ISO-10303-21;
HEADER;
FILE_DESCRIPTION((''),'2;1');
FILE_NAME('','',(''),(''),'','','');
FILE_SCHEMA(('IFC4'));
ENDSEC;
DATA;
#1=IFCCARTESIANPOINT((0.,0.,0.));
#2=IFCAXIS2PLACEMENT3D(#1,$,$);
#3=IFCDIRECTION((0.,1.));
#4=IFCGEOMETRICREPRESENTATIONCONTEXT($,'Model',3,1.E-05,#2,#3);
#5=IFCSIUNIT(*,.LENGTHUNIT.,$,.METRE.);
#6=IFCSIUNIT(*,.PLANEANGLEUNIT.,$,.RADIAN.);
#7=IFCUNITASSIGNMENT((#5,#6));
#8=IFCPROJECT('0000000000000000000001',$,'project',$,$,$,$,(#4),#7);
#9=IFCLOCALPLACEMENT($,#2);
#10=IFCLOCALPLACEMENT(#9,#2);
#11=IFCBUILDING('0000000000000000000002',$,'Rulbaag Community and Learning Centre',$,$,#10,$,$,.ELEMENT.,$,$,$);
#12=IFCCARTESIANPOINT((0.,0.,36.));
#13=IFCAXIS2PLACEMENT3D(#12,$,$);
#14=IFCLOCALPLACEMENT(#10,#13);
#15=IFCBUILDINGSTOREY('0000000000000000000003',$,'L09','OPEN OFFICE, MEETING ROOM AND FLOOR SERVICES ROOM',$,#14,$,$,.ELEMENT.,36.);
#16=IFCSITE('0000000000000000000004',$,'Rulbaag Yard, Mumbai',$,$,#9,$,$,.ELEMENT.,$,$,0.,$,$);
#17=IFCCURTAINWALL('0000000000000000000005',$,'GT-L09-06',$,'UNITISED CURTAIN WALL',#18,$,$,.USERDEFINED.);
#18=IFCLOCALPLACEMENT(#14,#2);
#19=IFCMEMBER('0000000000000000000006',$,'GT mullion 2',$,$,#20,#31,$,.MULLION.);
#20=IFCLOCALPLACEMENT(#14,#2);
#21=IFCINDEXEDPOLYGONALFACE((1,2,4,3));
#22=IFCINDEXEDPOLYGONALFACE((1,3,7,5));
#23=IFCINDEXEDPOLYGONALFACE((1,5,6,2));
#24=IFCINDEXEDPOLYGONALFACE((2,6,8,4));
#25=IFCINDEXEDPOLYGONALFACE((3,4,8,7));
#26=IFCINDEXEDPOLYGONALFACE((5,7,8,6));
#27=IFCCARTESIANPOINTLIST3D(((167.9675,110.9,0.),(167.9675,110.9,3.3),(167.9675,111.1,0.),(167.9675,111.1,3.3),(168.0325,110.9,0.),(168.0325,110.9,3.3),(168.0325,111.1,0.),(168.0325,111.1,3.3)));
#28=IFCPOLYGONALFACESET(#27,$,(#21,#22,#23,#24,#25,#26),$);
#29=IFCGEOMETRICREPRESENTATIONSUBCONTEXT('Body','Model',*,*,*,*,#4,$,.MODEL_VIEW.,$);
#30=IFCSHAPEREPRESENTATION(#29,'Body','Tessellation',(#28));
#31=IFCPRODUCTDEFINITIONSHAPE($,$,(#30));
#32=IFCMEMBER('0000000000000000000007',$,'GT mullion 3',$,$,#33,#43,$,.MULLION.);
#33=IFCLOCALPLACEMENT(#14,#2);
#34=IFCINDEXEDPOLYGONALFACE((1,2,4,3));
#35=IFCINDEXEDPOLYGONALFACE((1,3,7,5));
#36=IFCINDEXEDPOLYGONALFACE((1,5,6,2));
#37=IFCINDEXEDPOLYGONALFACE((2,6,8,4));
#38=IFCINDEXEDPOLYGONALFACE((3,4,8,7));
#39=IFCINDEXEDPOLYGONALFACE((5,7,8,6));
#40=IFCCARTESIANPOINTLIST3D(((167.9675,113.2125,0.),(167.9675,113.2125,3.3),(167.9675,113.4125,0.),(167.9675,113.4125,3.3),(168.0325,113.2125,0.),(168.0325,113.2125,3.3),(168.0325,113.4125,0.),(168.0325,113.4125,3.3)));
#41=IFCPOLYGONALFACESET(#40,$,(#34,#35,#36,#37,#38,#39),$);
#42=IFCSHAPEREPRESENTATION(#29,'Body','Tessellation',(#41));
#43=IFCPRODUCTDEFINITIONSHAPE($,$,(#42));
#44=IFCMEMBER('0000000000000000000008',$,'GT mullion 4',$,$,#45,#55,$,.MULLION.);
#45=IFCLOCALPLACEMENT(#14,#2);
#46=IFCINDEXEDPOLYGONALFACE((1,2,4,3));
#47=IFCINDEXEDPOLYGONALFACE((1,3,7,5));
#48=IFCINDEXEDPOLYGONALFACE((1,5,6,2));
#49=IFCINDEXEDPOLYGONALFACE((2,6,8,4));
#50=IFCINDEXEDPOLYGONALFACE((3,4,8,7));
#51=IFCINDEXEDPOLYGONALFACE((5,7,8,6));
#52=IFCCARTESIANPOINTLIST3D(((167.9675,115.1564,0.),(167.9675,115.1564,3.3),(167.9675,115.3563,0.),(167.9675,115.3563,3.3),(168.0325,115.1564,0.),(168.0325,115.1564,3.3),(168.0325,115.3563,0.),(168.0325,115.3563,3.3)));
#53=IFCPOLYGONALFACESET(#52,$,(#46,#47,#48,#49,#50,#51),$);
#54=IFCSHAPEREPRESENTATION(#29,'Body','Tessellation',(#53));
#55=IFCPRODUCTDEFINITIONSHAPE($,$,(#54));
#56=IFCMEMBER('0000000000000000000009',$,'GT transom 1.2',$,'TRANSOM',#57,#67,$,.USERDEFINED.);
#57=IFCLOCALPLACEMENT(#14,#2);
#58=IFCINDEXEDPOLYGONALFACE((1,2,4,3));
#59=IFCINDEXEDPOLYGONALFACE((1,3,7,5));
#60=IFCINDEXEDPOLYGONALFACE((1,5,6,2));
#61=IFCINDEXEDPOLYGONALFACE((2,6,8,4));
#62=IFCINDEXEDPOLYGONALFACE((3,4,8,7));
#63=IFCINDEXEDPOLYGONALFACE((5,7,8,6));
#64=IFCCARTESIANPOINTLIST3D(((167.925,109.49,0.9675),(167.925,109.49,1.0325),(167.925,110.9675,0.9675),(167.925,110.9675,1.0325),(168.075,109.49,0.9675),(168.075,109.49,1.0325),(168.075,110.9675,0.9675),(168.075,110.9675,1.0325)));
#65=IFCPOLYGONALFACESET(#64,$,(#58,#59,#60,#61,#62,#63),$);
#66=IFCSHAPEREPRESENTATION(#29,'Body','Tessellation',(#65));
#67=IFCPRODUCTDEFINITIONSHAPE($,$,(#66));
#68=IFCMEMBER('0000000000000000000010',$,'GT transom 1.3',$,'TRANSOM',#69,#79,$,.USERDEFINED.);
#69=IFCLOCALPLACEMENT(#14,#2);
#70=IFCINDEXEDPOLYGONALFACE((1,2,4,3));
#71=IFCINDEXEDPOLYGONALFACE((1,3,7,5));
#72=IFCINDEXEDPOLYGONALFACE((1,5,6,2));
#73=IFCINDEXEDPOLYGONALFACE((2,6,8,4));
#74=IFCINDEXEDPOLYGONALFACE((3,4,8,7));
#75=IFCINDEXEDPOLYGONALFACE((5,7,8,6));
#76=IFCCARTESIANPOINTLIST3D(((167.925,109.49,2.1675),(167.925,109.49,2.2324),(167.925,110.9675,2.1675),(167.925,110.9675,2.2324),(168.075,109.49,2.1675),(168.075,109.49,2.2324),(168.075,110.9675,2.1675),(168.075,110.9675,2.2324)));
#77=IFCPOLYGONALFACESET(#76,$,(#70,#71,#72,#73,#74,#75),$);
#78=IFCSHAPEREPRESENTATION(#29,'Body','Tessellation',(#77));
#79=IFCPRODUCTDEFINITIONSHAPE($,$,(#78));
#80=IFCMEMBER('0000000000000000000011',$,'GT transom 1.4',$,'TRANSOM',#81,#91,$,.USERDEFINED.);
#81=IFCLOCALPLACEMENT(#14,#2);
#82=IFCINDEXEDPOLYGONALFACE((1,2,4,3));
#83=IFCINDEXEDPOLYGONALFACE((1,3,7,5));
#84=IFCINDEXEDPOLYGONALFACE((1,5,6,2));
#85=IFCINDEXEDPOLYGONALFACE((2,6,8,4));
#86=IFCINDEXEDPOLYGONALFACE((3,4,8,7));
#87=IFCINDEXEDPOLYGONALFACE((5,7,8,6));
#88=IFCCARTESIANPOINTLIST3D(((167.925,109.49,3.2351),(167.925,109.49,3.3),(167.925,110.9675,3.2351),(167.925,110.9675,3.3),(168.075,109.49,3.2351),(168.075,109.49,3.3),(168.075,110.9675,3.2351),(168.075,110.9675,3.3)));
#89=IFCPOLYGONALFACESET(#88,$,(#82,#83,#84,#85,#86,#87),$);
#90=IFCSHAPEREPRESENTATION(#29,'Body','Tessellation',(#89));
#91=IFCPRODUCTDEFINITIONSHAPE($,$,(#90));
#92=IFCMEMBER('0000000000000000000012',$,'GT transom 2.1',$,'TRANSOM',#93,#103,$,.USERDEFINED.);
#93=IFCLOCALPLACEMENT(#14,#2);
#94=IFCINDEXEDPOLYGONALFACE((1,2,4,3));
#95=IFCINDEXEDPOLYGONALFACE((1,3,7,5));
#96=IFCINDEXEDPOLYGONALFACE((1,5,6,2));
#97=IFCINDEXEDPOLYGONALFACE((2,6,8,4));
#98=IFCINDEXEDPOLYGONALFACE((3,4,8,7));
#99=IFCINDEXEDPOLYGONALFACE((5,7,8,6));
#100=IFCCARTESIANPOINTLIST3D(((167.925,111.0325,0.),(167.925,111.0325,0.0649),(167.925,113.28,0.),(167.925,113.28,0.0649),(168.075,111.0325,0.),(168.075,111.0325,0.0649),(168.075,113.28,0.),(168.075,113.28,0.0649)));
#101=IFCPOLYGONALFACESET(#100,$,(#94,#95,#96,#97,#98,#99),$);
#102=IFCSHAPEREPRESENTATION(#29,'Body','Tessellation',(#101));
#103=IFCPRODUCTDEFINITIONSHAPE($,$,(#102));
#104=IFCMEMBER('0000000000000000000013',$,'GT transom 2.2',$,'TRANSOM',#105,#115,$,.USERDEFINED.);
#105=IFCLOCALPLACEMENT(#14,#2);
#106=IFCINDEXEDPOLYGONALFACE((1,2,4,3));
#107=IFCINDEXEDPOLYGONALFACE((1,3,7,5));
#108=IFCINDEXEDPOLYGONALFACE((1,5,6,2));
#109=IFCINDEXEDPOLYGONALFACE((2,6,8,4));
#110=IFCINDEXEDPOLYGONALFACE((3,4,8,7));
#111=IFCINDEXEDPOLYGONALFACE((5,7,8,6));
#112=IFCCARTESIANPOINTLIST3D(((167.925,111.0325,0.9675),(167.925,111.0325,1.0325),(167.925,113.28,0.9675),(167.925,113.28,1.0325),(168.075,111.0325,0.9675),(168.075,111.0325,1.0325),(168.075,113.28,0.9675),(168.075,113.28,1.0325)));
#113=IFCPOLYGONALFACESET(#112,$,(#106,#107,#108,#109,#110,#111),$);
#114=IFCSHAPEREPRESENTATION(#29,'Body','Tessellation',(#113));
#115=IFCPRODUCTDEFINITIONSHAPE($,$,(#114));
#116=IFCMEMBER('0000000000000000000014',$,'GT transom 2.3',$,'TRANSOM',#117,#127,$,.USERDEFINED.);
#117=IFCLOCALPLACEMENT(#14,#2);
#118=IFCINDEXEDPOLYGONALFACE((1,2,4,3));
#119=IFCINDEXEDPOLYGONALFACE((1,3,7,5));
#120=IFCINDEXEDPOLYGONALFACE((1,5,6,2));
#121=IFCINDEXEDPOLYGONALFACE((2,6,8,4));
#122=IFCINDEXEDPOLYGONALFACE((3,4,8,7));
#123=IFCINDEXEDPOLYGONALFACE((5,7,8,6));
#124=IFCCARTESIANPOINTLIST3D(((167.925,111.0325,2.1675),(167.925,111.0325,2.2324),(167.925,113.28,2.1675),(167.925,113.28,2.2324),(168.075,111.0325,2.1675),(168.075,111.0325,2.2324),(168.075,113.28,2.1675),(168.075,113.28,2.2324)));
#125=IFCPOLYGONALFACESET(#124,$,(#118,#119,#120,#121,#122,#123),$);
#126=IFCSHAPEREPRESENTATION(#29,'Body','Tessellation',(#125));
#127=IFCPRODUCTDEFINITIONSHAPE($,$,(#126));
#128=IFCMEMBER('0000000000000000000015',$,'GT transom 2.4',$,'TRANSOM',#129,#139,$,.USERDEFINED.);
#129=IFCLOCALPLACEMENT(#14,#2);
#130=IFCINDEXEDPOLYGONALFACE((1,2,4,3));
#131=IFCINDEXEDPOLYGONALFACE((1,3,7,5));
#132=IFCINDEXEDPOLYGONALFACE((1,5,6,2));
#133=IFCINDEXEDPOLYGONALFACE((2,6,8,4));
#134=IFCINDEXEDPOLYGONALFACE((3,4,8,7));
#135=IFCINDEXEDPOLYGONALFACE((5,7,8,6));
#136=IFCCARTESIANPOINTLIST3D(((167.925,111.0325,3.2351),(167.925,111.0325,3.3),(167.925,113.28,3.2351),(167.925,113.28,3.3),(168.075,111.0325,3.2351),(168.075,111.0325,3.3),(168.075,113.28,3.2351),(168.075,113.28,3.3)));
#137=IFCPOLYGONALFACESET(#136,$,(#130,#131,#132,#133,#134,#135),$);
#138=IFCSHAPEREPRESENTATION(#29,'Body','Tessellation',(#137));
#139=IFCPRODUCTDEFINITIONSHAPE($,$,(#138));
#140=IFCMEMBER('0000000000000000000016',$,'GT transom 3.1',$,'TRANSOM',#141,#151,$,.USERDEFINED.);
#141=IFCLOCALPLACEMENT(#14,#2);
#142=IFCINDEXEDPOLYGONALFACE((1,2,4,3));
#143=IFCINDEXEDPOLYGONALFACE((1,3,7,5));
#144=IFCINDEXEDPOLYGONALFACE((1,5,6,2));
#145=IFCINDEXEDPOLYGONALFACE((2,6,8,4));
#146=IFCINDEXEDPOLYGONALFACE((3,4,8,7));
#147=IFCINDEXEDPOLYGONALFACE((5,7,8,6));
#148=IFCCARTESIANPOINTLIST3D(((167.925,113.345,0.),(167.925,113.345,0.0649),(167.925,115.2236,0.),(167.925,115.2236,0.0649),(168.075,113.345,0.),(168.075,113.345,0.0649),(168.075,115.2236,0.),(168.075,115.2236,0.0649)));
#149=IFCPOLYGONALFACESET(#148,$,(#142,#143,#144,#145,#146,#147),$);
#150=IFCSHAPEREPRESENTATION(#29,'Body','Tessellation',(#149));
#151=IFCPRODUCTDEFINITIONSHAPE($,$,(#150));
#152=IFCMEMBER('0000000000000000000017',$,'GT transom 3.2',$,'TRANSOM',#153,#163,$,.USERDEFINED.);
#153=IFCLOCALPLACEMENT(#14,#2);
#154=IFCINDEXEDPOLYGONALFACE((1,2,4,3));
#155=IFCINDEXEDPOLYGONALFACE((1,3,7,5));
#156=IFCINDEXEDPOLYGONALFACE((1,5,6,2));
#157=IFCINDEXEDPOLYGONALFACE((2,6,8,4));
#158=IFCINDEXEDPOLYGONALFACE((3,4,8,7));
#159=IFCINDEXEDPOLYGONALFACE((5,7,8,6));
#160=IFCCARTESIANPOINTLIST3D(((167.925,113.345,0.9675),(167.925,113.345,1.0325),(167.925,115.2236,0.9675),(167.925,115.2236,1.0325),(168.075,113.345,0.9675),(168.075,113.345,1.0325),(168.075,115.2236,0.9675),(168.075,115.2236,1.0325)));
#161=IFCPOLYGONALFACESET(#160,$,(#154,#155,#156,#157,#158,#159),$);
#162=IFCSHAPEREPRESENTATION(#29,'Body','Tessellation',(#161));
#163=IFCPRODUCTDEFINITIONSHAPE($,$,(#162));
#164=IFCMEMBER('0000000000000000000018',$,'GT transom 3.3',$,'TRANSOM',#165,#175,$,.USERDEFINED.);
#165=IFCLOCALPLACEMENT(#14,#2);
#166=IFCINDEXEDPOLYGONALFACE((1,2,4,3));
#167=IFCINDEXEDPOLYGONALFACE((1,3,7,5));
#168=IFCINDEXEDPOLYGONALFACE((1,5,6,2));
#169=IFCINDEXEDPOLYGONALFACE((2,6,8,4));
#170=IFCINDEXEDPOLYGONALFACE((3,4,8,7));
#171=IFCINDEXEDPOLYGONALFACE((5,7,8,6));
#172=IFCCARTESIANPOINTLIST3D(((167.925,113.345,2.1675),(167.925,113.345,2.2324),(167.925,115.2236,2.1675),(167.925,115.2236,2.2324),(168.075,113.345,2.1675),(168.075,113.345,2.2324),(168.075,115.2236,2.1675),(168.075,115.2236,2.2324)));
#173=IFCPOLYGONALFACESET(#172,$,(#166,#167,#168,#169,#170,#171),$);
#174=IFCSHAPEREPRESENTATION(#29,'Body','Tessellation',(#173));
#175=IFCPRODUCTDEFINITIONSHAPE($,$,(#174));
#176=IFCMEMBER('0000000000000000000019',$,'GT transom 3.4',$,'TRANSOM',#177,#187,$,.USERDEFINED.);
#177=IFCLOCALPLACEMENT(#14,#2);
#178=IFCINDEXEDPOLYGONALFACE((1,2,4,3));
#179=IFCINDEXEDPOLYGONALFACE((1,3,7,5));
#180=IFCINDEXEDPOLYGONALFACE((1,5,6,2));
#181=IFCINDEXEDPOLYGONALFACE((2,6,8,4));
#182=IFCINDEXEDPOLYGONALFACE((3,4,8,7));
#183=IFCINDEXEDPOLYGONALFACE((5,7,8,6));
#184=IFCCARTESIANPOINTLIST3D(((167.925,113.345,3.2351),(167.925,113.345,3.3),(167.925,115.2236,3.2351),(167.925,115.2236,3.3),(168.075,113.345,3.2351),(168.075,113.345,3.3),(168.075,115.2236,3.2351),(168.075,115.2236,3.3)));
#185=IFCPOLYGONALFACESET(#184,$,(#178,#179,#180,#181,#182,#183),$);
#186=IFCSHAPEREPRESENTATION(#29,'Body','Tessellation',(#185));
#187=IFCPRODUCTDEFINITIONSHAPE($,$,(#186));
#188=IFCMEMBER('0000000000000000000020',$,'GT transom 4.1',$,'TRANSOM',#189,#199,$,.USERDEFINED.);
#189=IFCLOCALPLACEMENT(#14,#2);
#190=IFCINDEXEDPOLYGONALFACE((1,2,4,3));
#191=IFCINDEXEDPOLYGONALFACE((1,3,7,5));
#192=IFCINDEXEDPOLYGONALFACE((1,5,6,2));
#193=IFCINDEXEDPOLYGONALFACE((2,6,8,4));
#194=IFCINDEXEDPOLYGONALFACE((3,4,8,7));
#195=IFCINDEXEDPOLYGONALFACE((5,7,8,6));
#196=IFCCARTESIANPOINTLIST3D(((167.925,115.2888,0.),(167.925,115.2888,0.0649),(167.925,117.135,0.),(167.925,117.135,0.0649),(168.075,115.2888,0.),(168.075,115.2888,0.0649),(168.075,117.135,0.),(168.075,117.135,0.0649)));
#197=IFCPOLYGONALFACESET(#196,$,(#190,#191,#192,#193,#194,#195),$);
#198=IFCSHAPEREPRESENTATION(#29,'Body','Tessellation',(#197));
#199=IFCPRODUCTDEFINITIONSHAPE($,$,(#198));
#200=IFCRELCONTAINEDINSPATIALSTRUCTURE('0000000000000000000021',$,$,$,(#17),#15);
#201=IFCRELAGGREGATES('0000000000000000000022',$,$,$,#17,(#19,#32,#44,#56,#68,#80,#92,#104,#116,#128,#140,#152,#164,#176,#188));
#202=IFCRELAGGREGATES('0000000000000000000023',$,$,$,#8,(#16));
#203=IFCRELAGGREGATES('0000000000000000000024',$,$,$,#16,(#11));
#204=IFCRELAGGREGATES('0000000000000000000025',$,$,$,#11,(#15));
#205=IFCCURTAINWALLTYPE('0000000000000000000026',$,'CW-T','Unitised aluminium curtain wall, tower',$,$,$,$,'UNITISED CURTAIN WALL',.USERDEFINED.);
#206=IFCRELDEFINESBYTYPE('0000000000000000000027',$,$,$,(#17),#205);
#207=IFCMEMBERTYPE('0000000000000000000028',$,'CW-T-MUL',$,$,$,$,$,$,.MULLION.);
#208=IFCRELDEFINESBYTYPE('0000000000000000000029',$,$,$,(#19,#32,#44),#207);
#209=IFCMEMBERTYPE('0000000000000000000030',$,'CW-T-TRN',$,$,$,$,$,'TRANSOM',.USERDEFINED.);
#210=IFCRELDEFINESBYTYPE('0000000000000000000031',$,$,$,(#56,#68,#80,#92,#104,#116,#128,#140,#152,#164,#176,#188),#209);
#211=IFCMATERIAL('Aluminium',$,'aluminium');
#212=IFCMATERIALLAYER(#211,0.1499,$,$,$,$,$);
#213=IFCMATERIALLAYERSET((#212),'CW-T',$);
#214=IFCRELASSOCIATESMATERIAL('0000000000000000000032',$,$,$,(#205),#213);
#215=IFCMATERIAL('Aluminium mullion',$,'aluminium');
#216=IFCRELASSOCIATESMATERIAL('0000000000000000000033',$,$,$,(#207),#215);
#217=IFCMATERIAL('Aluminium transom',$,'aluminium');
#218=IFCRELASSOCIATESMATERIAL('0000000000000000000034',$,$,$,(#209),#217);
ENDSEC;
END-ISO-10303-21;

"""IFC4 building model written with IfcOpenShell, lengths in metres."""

from ifc_helpers import new_model, si_unit, direction, frame, origin, origin_2d, place, context, subcontext, project, spatial, rectangle, extrude, material, layer, layer_set, material_profile, profile_set, type_object, element, aggregate, save


model = new_model("IFC4")

# Units and contexts
model_context = context("Model", 3, precision=1e-05, world=origin(), true_north=direction((0.0, 1.0)))
body_context = subcontext(model_context, "Body", "Model", "MODEL_VIEW")
ifc_project = project(units=[si_unit("LENGTHUNIT", "METRE"), si_unit("PLANEANGLEUNIT", "RADIAN")], contexts=[model_context])

# Site, building, storey
site_placement = place(None, origin())
site = spatial("IfcSite", under=ifc_project, at=site_placement, Name="Rulbaag Yard, Mumbai", CompositionType="ELEMENT", RefElevation=0.0)
building_placement = place(site_placement, origin())
building = spatial("IfcBuilding", under=site, at=building_placement, Name="Rulbaag Community and Learning Centre", CompositionType="ELEMENT")
storey_placement = place(building_placement, frame((0.0, 0.0, 36.0)))
storey = spatial("IfcBuildingStorey", under=building, at=storey_placement, Name="L09", Description="OPEN OFFICE, MEETING ROOM AND FLOOR SERVICES ROOM", CompositionType="ELEMENT", Elevation=36.0)

# Curtain wall, members
ifc_material_1 = material(Name="Aluminium", Category="aluminium")
ifc_layer_1 = layer(ifc_material_1, 0.1499)
ifc_layer_set_1 = layer_set([ifc_layer_1], Name="CW-T")
curtain_wall_type = type_object("IfcCurtainWallType", Name="CW-T", Description="Unitised aluminium curtain wall, tower", ElementType="UNITISED CURTAIN WALL", PredefinedType="USERDEFINED", material=ifc_layer_set_1)
curtain_wall_placement = place(storey_placement, origin())
curtain_wall = element("IfcCurtainWall", 1, at=curtain_wall_placement, inside=storey, type_object=curtain_wall_type, Name="GT-L09-06", ObjectType="UNITISED CURTAIN WALL", PredefinedType="USERDEFINED")
ifc_material_2 = material(Name="Aluminium mullion", Category="aluminium")
ifc_material_profile_1 = material_profile(ifc_material_2, rectangle(XDim=0.0649, YDim=0.2, at=origin_2d()), Name="AL 65x200")
ifc_profile_set_1 = profile_set([ifc_material_profile_1], Name="Aluminium mullion")
member_type_1 = type_object("IfcMemberType", Name="CW-T-MUL", PredefinedType="MULLION", material=ifc_profile_set_1)
member_1_placement = place(storey_placement, frame((168.0, 111.0, 0.0), z_axis=(0.0, 0.0, 1.0), x_axis=(-1.0, 0.0, 0.0)))
member_1 = element("IfcMember", 2, at=member_1_placement, type_object=member_type_1, Name="GT mullion 2", PredefinedType="MULLION", context=body_context, shape_type="SweptSolid", body=[
    extrude(rectangle(XDim=0.0649, YDim=0.2, at=origin_2d()), origin(), (0.0, 0.0, 1.0), 3.3),
])
member_2_placement = place(storey_placement, frame((168.0, 113.3125, 0.0), z_axis=(0.0, 0.0, 1.0), x_axis=(-1.0, 0.0, 0.0)))
member_2 = element("IfcMember", 3, at=member_2_placement, type_object=member_type_1, Name="GT mullion 3", PredefinedType="MULLION", context=body_context, shape_type="SweptSolid", body=[
    extrude(rectangle(XDim=0.0649, YDim=0.2, at=origin_2d()), origin(), (0.0, 0.0, 1.0), 3.3),
])
member_3_placement = place(storey_placement, frame((168.0, 115.2563, 0.0), z_axis=(0.0, 0.0, 1.0), x_axis=(-1.0, 0.0, 0.0)))
member_3 = element("IfcMember", 4, at=member_3_placement, type_object=member_type_1, Name="GT mullion 4", PredefinedType="MULLION", context=body_context, shape_type="SweptSolid", body=[
    extrude(rectangle(XDim=0.0649, YDim=0.2, at=origin_2d()), origin(), (0.0, 0.0, 1.0), 3.3),
])
ifc_material_3 = material(Name="Aluminium transom", Category="aluminium")
ifc_material_profile_2 = material_profile(ifc_material_3, rectangle(XDim=0.1499, YDim=0.0649, at=origin_2d()), Name="AL 65x150 T")
ifc_profile_set_2 = profile_set([ifc_material_profile_2], Name="Aluminium transom")
member_type_2 = type_object("IfcMemberType", Name="CW-T-TRN", ElementType="TRANSOM", PredefinedType="USERDEFINED", material=ifc_profile_set_2)
member_4_placement = place(storey_placement, frame((168.0, 109.49, 1.0), z_axis=(0.0, 1.0, 0.0), x_axis=(-1.0, 0.0, 0.0)))
member_4 = element("IfcMember", 5, at=member_4_placement, type_object=member_type_2, Name="GT transom 1.2", ObjectType="TRANSOM", PredefinedType="USERDEFINED", context=body_context, shape_type="SweptSolid", body=[
    extrude(rectangle(XDim=0.1499, YDim=0.0649, at=origin_2d()), origin(), (0.0, 0.0, 1.0), 1.4775),
])
member_5_placement = place(storey_placement, frame((168.0, 109.49, 2.2), z_axis=(0.0, 1.0, 0.0), x_axis=(-1.0, 0.0, 0.0)))
member_5 = element("IfcMember", 6, at=member_5_placement, type_object=member_type_2, Name="GT transom 1.3", ObjectType="TRANSOM", PredefinedType="USERDEFINED", context=body_context, shape_type="SweptSolid", body=[
    extrude(rectangle(XDim=0.1499, YDim=0.0649, at=origin_2d()), origin(), (0.0, 0.0, 1.0), 1.4775),
])
member_6_placement = place(storey_placement, frame((168.0, 109.49, 3.2676), z_axis=(0.0, 1.0, 0.0), x_axis=(-1.0, 0.0, 0.0)))
member_6 = element("IfcMember", 7, at=member_6_placement, type_object=member_type_2, Name="GT transom 1.4", ObjectType="TRANSOM", PredefinedType="USERDEFINED", context=body_context, shape_type="SweptSolid", body=[
    extrude(rectangle(XDim=0.1499, YDim=0.0649, at=origin_2d()), origin(), (0.0, 0.0, 1.0), 1.4775),
])
member_7_placement = place(storey_placement, frame((168.0, 111.0325, 0.0325), z_axis=(0.0, 1.0, 0.0), x_axis=(-1.0, 0.0, 0.0)))
member_7 = element("IfcMember", 8, at=member_7_placement, type_object=member_type_2, Name="GT transom 2.1", ObjectType="TRANSOM", PredefinedType="USERDEFINED", context=body_context, shape_type="SweptSolid", body=[
    extrude(rectangle(XDim=0.1499, YDim=0.0649, at=origin_2d()), origin(), (0.0, 0.0, 1.0), 2.2476),
])
member_8_placement = place(storey_placement, frame((168.0, 111.0325, 1.0), z_axis=(0.0, 1.0, 0.0), x_axis=(-1.0, 0.0, 0.0)))
member_8 = element("IfcMember", 9, at=member_8_placement, type_object=member_type_2, Name="GT transom 2.2", ObjectType="TRANSOM", PredefinedType="USERDEFINED", context=body_context, shape_type="SweptSolid", body=[
    extrude(rectangle(XDim=0.1499, YDim=0.0649, at=origin_2d()), origin(), (0.0, 0.0, 1.0), 2.2476),
])
member_9_placement = place(storey_placement, frame((168.0, 111.0325, 2.2), z_axis=(0.0, 1.0, 0.0), x_axis=(-1.0, 0.0, 0.0)))
member_9 = element("IfcMember", 10, at=member_9_placement, type_object=member_type_2, Name="GT transom 2.3", ObjectType="TRANSOM", PredefinedType="USERDEFINED", context=body_context, shape_type="SweptSolid", body=[
    extrude(rectangle(XDim=0.1499, YDim=0.0649, at=origin_2d()), origin(), (0.0, 0.0, 1.0), 2.2476),
])
member_10_placement = place(storey_placement, frame((168.0, 111.0325, 3.2676), z_axis=(0.0, 1.0, 0.0), x_axis=(-1.0, 0.0, 0.0)))
member_10 = element("IfcMember", 11, at=member_10_placement, type_object=member_type_2, Name="GT transom 2.4", ObjectType="TRANSOM", PredefinedType="USERDEFINED", context=body_context, shape_type="SweptSolid", body=[
    extrude(rectangle(XDim=0.1499, YDim=0.0649, at=origin_2d()), origin(), (0.0, 0.0, 1.0), 2.2476),
])
member_11_placement = place(storey_placement, frame((168.0, 113.345, 0.0325), z_axis=(0.0, 1.0, 0.0), x_axis=(-1.0, 0.0, 0.0)))
member_11 = element("IfcMember", 12, at=member_11_placement, type_object=member_type_2, Name="GT transom 3.1", ObjectType="TRANSOM", PredefinedType="USERDEFINED", context=body_context, shape_type="SweptSolid", body=[
    extrude(rectangle(XDim=0.1499, YDim=0.0649, at=origin_2d()), origin(), (0.0, 0.0, 1.0), 1.8787),
])
member_12_placement = place(storey_placement, frame((168.0, 113.345, 1.0), z_axis=(0.0, 1.0, 0.0), x_axis=(-1.0, 0.0, 0.0)))
member_12 = element("IfcMember", 13, at=member_12_placement, type_object=member_type_2, Name="GT transom 3.2", ObjectType="TRANSOM", PredefinedType="USERDEFINED", context=body_context, shape_type="SweptSolid", body=[
    extrude(rectangle(XDim=0.1499, YDim=0.0649, at=origin_2d()), origin(), (0.0, 0.0, 1.0), 1.8787),
])
member_13_placement = place(storey_placement, frame((168.0, 113.345, 2.2), z_axis=(0.0, 1.0, 0.0), x_axis=(-1.0, 0.0, 0.0)))
member_13 = element("IfcMember", 14, at=member_13_placement, type_object=member_type_2, Name="GT transom 3.3", ObjectType="TRANSOM", PredefinedType="USERDEFINED", context=body_context, shape_type="SweptSolid", body=[
    extrude(rectangle(XDim=0.1499, YDim=0.0649, at=origin_2d()), origin(), (0.0, 0.0, 1.0), 1.8787),
])
member_14_placement = place(storey_placement, frame((168.0, 113.345, 3.2676), z_axis=(0.0, 1.0, 0.0), x_axis=(-1.0, 0.0, 0.0)))
member_14 = element("IfcMember", 15, at=member_14_placement, type_object=member_type_2, Name="GT transom 3.4", ObjectType="TRANSOM", PredefinedType="USERDEFINED", context=body_context, shape_type="SweptSolid", body=[
    extrude(rectangle(XDim=0.1499, YDim=0.0649, at=origin_2d()), origin(), (0.0, 0.0, 1.0), 1.8787),
])
member_15_placement = place(storey_placement, frame((168.0, 115.2888, 0.0325), z_axis=(0.0, 1.0, 0.0), x_axis=(-1.0, 0.0, 0.0)))
member_15 = element("IfcMember", 16, at=member_15_placement, type_object=member_type_2, Name="GT transom 4.1", ObjectType="TRANSOM", PredefinedType="USERDEFINED", context=body_context, shape_type="SweptSolid", body=[
    extrude(rectangle(XDim=0.1499, YDim=0.0649, at=origin_2d()), origin(), (0.0, 0.0, 1.0), 1.8462),
])
aggregate(curtain_wall, [member_1, member_2, member_3, member_4, member_5, member_6, member_7, member_8, member_9, member_10, member_11, member_12, member_13, member_14, member_15])

save(model, "model.ifc")
